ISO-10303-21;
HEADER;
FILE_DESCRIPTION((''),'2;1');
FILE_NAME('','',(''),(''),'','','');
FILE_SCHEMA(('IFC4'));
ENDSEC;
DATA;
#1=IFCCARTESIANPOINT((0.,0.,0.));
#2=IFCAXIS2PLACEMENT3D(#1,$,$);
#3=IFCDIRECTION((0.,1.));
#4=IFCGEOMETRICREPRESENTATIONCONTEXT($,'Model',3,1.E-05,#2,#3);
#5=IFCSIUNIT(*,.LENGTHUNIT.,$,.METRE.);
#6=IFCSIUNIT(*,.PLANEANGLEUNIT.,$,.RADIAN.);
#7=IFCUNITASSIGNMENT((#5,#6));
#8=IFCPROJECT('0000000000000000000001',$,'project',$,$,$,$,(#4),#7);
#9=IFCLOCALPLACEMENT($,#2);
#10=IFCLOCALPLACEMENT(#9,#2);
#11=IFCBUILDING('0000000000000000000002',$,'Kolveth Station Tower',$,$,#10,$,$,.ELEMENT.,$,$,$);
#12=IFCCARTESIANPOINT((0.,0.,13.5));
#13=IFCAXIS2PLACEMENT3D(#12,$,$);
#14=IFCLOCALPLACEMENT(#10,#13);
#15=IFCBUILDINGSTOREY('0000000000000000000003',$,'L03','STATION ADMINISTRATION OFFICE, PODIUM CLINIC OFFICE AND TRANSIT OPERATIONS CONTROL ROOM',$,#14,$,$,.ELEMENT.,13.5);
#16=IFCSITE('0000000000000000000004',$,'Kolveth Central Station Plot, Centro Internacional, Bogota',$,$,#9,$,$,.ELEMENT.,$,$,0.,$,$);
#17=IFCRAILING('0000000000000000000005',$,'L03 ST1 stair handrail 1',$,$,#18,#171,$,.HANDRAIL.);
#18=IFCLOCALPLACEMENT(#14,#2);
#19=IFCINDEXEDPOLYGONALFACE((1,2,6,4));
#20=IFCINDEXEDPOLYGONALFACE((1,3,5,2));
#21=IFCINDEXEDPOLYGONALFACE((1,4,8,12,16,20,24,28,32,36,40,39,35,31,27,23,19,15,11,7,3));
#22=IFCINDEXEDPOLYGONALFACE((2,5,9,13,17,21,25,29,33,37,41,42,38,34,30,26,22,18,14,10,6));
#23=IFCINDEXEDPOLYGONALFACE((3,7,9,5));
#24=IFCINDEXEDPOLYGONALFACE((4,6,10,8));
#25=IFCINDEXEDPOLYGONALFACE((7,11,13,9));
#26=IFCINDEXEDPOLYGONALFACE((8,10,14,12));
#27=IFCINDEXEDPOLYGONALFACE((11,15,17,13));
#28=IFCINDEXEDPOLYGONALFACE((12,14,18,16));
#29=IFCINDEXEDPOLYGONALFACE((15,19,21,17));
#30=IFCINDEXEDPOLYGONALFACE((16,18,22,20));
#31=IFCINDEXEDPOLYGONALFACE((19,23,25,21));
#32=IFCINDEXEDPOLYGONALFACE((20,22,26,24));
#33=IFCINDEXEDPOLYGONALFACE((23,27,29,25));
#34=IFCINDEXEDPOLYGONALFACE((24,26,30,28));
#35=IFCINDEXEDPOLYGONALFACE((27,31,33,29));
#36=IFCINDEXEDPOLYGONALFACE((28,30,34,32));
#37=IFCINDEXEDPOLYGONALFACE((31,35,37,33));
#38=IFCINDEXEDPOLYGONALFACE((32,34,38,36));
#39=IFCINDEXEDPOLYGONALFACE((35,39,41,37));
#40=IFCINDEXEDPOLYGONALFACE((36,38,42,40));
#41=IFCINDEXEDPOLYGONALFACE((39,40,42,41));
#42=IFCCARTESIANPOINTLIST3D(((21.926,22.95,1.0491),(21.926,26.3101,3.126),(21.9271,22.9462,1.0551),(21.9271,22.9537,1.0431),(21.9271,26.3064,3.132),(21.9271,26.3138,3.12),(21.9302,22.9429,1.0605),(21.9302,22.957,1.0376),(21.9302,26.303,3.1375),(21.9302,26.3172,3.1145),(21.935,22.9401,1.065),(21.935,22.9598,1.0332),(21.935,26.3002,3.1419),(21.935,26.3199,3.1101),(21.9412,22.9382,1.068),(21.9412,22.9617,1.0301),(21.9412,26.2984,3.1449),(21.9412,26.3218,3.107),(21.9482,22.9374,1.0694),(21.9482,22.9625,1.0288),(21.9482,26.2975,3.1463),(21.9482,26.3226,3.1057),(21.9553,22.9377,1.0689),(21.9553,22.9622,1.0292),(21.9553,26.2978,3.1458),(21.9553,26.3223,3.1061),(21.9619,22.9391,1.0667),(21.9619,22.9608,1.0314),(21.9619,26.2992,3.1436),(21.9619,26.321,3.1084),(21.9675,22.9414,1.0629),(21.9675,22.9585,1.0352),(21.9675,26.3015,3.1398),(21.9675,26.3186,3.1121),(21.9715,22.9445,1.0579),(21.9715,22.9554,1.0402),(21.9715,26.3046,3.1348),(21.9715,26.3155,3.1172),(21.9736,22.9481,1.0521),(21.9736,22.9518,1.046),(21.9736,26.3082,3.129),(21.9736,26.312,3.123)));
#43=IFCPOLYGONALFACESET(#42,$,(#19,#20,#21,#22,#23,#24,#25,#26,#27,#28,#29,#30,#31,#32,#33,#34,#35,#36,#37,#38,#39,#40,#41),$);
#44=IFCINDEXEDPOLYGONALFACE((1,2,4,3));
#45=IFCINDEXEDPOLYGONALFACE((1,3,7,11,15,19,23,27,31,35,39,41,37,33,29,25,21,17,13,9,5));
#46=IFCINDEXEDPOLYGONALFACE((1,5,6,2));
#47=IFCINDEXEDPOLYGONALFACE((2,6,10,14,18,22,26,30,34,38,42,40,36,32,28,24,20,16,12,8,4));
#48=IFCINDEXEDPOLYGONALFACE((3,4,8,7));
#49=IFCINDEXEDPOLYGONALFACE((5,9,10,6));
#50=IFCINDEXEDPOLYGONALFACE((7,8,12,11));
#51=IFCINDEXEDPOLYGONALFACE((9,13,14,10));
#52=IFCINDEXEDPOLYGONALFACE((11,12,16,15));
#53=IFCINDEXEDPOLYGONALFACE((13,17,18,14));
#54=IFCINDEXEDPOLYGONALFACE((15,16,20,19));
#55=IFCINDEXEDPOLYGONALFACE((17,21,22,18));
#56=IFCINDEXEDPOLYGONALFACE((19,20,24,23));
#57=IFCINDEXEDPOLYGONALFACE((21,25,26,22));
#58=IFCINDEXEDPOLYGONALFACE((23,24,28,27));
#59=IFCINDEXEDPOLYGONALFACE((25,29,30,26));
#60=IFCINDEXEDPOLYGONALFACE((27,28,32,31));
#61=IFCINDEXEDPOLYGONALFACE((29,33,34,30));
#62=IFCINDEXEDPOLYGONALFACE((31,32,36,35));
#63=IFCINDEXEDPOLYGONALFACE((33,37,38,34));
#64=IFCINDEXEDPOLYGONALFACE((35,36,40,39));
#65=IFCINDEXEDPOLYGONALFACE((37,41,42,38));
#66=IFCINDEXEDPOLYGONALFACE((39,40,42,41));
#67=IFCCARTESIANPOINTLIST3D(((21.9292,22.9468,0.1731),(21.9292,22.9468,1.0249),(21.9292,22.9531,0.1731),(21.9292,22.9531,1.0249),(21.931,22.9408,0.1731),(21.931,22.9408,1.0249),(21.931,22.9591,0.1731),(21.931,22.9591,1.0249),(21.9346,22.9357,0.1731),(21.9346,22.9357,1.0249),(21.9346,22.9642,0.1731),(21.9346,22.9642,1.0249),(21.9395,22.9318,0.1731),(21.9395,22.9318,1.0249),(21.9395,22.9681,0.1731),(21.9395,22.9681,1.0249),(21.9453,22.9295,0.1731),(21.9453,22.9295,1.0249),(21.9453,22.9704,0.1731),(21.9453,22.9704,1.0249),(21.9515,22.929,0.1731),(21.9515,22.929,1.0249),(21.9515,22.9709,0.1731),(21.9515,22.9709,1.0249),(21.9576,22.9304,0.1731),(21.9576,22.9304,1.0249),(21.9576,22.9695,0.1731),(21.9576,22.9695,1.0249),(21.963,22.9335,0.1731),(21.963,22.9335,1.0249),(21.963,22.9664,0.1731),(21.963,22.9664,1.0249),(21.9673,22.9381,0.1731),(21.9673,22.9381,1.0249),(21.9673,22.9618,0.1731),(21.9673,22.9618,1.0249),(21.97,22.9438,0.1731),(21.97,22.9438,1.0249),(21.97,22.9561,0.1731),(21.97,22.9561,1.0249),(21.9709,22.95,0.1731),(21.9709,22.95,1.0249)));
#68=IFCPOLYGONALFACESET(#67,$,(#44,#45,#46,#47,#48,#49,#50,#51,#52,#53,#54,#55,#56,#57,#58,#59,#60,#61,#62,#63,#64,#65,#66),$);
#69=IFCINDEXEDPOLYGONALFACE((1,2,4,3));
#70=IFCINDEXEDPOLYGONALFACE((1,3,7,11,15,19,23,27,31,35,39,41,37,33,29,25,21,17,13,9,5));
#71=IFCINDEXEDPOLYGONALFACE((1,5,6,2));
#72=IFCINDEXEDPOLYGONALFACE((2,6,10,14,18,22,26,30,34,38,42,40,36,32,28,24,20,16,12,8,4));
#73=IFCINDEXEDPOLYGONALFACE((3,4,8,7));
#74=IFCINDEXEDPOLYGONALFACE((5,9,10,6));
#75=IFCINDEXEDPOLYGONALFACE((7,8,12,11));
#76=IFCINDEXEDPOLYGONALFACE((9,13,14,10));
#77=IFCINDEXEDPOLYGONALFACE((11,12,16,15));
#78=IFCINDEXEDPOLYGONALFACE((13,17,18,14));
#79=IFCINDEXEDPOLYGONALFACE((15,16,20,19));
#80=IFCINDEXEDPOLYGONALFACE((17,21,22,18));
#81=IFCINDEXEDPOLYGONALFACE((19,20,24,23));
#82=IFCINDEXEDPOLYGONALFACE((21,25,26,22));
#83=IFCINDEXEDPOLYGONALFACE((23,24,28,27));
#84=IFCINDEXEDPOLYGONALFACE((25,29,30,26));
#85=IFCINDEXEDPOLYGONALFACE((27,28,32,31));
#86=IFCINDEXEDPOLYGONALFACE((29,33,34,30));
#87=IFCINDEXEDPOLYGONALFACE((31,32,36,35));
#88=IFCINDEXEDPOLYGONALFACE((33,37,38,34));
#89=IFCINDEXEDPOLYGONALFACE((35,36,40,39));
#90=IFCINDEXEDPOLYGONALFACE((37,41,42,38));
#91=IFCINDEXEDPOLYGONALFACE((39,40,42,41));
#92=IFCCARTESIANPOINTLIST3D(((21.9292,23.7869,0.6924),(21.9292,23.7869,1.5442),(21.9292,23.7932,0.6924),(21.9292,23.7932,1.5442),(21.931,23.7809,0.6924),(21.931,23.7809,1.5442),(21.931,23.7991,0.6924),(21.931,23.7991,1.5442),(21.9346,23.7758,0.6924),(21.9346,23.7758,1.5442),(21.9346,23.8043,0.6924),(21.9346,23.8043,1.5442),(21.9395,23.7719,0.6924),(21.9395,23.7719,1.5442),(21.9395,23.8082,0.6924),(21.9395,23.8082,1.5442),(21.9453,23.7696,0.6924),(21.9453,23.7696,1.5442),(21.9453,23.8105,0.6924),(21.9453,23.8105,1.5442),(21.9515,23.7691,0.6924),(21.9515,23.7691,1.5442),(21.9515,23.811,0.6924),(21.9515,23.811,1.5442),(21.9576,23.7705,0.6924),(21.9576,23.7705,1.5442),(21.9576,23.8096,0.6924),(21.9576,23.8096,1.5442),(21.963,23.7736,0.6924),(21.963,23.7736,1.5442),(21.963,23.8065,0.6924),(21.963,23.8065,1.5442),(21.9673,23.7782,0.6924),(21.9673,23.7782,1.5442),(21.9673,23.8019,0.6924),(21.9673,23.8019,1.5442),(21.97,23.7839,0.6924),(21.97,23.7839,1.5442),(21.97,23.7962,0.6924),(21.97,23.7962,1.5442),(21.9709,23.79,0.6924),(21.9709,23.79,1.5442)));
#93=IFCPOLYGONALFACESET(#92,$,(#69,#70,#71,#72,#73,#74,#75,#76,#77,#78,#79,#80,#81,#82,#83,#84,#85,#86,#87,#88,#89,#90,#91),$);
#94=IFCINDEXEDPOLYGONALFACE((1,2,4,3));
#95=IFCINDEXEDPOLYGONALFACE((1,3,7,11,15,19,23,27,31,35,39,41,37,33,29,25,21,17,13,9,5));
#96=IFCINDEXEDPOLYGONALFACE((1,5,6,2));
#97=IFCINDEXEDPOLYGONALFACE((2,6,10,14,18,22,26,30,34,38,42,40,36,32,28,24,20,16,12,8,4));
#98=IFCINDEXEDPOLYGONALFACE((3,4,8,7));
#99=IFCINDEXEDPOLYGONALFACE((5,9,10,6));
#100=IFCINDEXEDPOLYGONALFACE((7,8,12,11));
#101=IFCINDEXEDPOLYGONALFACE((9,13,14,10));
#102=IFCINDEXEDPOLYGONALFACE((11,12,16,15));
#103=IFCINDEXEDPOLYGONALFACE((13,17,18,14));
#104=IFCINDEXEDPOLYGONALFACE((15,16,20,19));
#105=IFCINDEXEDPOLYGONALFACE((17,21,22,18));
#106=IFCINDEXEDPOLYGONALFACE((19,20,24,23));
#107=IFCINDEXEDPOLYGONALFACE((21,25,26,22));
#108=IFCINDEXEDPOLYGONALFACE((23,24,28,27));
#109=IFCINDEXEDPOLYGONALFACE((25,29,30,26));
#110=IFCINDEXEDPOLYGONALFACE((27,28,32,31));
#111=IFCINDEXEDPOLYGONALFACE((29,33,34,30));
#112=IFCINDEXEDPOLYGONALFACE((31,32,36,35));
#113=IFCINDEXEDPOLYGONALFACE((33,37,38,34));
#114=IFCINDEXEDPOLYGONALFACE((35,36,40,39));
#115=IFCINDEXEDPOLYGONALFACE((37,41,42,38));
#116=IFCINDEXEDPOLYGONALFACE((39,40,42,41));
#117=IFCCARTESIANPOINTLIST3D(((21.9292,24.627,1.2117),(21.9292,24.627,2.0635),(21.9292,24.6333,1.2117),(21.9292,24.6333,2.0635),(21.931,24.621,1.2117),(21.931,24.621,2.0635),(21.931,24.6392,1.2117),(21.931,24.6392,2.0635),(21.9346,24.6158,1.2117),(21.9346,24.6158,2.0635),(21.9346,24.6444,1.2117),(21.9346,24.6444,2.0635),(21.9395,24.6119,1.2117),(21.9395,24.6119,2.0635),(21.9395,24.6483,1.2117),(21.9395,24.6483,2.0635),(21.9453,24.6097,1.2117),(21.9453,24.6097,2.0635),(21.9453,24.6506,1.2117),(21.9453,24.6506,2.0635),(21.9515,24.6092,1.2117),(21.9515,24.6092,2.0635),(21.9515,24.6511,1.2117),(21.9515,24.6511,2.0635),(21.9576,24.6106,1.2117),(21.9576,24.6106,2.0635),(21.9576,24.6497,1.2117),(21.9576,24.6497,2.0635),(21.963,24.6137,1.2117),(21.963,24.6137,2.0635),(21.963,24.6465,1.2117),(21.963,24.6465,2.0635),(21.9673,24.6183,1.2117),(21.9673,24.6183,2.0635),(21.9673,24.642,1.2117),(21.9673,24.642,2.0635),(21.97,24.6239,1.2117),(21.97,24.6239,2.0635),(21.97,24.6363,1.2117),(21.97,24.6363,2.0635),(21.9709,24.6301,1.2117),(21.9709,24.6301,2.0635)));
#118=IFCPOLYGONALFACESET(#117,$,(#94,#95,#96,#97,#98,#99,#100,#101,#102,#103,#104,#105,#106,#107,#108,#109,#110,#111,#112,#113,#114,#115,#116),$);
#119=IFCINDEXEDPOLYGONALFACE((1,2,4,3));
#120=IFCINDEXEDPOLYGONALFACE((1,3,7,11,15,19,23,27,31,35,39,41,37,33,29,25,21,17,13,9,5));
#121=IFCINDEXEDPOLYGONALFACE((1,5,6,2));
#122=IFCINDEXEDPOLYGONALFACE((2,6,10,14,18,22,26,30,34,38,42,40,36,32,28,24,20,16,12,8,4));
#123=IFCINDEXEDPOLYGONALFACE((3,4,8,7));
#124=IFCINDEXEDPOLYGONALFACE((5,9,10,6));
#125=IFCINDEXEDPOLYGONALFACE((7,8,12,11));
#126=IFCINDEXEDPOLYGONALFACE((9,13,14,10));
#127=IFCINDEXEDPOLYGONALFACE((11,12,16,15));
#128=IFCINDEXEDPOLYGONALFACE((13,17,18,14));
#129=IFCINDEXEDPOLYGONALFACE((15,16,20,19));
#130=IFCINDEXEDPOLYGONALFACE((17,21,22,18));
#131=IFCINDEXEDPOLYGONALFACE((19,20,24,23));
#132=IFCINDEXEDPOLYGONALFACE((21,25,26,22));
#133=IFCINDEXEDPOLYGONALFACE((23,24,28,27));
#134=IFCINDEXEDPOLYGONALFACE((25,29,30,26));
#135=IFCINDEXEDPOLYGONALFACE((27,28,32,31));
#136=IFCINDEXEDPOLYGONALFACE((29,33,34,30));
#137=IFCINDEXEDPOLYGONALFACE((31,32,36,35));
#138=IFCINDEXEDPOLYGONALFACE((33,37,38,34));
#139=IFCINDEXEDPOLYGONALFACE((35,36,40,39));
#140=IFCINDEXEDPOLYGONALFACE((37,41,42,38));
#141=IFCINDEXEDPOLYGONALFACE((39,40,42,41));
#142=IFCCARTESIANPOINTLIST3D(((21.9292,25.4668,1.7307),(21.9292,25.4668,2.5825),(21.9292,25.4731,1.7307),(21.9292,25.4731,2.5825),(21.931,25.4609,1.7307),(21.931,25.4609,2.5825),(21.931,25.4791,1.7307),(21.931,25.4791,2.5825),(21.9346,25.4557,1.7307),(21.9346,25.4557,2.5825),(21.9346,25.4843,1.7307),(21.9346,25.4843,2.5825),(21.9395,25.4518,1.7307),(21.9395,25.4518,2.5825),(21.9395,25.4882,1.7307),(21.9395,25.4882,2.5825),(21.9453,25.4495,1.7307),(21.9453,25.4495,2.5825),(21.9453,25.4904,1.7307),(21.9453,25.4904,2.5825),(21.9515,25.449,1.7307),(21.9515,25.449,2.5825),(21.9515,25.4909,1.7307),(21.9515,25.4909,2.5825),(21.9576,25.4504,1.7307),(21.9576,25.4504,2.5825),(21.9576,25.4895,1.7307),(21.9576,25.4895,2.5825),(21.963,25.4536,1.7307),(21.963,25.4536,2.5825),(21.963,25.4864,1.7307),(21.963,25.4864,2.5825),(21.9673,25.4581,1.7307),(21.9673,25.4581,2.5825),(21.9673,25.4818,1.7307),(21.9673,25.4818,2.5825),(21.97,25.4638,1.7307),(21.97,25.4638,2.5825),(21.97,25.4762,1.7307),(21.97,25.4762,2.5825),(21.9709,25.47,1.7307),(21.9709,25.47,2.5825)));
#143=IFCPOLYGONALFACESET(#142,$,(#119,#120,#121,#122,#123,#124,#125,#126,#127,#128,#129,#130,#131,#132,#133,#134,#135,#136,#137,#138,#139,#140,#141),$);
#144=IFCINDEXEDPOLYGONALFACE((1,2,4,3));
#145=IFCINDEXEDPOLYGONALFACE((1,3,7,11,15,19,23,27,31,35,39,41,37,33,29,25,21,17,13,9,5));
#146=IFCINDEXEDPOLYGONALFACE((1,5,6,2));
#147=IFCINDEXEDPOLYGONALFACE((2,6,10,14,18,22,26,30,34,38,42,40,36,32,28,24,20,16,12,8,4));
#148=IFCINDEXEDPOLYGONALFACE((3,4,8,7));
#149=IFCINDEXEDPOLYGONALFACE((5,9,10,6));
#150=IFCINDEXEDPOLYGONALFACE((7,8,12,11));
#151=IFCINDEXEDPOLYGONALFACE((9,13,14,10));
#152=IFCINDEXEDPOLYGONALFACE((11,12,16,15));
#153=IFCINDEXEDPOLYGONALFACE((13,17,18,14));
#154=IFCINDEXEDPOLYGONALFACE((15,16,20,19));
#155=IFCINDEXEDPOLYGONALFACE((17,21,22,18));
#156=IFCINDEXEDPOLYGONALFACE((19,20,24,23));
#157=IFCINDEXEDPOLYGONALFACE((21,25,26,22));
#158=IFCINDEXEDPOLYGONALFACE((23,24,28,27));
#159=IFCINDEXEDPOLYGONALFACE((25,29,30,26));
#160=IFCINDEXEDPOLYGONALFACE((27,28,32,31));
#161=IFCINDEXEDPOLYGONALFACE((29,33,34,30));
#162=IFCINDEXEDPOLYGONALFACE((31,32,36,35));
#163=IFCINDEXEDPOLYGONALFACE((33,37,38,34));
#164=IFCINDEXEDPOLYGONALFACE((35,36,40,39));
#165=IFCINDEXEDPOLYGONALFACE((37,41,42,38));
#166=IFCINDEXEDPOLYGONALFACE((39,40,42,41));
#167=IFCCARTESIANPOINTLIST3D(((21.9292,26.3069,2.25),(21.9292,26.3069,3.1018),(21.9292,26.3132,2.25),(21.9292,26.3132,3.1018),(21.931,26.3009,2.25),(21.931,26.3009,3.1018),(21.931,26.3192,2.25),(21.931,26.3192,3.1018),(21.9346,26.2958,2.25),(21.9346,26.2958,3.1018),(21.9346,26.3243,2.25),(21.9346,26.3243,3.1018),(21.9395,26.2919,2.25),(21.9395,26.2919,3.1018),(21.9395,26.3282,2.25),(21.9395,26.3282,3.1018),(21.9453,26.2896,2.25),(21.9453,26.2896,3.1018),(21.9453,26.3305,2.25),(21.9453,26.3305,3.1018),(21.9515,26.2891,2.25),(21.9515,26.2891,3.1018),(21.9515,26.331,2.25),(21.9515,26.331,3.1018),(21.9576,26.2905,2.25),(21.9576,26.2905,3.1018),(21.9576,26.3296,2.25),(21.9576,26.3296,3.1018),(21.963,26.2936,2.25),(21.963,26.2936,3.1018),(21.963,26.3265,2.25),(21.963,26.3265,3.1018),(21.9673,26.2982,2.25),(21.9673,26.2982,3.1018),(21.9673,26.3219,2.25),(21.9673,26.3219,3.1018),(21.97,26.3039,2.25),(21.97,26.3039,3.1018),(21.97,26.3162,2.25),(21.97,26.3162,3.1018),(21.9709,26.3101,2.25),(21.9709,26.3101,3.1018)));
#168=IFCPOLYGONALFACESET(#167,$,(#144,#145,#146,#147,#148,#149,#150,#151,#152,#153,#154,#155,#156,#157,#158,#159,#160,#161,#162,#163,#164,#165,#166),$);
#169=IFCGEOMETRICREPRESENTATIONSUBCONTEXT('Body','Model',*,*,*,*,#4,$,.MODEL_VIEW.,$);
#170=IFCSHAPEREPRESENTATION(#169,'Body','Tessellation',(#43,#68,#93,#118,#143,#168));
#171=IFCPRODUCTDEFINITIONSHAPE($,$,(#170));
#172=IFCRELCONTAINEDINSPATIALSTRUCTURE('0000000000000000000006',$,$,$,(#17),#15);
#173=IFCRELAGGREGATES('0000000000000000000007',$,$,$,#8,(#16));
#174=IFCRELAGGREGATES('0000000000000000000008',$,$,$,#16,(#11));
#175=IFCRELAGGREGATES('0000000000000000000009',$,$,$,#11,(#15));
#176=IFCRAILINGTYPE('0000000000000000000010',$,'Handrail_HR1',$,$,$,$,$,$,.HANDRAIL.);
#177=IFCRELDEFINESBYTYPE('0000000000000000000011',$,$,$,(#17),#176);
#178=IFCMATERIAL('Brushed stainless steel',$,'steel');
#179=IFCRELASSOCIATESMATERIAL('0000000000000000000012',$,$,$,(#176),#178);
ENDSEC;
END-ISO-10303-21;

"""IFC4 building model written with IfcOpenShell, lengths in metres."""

from ifc_helpers import new_model, si_unit, direction, frame, origin, origin_2d, place, context, subcontext, project, spatial, circle, extrude, material, type_object, element, save


model = new_model("IFC4")

# Units and contexts
model_context = context("Model", 3, precision=1e-05, world=origin(), true_north=direction((0.0, 1.0)))
body_context = subcontext(model_context, "Body", "Model", "MODEL_VIEW")
ifc_project = project(units=[si_unit("LENGTHUNIT", "METRE"), si_unit("PLANEANGLEUNIT", "RADIAN")], contexts=[model_context])

# Site, building, storey
site_placement = place(None, origin())
site = spatial("IfcSite", under=ifc_project, at=site_placement, Name="Kolveth Central Station Plot, Centro Internacional, Bogota", CompositionType="ELEMENT", RefElevation=0.0)
building_placement = place(site_placement, origin())
building = spatial("IfcBuilding", under=site, at=building_placement, Name="Kolveth Station Tower", CompositionType="ELEMENT")
storey_placement = place(building_placement, frame((0.0, 0.0, 13.5)))
storey = spatial("IfcBuildingStorey", under=building, at=storey_placement, Name="L03", Description="STATION ADMINISTRATION OFFICE, PODIUM CLINIC OFFICE AND TRANSIT OPERATIONS CONTROL ROOM", CompositionType="ELEMENT", Elevation=13.5)

# Railing
ifc_material_1 = material(Name="Brushed stainless steel", Category="steel")
railing_type_1 = type_object("IfcRailingType", Name="Handrail_HR1", PredefinedType="HANDRAIL", material=ifc_material_1)
railing_1_placement = place(storey_placement, frame((21.95, 22.95, 0.1731)))
element("IfcRailing", 1, at=railing_1_placement, inside=storey, type_object=railing_type_1, Name="L03 ST1 stair handrail 1", PredefinedType="HANDRAIL", context=body_context, shape_type="SweptSolid", body=[
    extrude(circle(Radius=0.0239, at=origin_2d()), frame((0.0, 0.0, 0.876), z_axis=(0.0, 0.850623, 0.525776), x_axis=(-1.0, 0.0, 0.0)), (0.0, 0.0, 1.0), 3.9502),
    extrude(circle(Radius=0.021, at=origin_2d()), origin(), (0.0, 0.0, 1.0), 0.8518),
    extrude(circle(Radius=0.021, at=origin_2d()), frame((0.0, 0.8401, 0.5193)), (0.0, 0.0, 1.0), 0.8518),
    extrude(circle(Radius=0.021, at=origin_2d()), frame((0.0, 1.6802, 1.0386)), (0.0, 0.0, 1.0), 0.8518),
    extrude(circle(Radius=0.021, at=origin_2d()), frame((0.0, 2.52, 1.5576)), (0.0, 0.0, 1.0), 0.8518),
    extrude(circle(Radius=0.021, at=origin_2d()), frame((0.0, 3.3601, 2.0769)), (0.0, 0.0, 1.0), 0.8518),
])

save(model, "model.ifc")
